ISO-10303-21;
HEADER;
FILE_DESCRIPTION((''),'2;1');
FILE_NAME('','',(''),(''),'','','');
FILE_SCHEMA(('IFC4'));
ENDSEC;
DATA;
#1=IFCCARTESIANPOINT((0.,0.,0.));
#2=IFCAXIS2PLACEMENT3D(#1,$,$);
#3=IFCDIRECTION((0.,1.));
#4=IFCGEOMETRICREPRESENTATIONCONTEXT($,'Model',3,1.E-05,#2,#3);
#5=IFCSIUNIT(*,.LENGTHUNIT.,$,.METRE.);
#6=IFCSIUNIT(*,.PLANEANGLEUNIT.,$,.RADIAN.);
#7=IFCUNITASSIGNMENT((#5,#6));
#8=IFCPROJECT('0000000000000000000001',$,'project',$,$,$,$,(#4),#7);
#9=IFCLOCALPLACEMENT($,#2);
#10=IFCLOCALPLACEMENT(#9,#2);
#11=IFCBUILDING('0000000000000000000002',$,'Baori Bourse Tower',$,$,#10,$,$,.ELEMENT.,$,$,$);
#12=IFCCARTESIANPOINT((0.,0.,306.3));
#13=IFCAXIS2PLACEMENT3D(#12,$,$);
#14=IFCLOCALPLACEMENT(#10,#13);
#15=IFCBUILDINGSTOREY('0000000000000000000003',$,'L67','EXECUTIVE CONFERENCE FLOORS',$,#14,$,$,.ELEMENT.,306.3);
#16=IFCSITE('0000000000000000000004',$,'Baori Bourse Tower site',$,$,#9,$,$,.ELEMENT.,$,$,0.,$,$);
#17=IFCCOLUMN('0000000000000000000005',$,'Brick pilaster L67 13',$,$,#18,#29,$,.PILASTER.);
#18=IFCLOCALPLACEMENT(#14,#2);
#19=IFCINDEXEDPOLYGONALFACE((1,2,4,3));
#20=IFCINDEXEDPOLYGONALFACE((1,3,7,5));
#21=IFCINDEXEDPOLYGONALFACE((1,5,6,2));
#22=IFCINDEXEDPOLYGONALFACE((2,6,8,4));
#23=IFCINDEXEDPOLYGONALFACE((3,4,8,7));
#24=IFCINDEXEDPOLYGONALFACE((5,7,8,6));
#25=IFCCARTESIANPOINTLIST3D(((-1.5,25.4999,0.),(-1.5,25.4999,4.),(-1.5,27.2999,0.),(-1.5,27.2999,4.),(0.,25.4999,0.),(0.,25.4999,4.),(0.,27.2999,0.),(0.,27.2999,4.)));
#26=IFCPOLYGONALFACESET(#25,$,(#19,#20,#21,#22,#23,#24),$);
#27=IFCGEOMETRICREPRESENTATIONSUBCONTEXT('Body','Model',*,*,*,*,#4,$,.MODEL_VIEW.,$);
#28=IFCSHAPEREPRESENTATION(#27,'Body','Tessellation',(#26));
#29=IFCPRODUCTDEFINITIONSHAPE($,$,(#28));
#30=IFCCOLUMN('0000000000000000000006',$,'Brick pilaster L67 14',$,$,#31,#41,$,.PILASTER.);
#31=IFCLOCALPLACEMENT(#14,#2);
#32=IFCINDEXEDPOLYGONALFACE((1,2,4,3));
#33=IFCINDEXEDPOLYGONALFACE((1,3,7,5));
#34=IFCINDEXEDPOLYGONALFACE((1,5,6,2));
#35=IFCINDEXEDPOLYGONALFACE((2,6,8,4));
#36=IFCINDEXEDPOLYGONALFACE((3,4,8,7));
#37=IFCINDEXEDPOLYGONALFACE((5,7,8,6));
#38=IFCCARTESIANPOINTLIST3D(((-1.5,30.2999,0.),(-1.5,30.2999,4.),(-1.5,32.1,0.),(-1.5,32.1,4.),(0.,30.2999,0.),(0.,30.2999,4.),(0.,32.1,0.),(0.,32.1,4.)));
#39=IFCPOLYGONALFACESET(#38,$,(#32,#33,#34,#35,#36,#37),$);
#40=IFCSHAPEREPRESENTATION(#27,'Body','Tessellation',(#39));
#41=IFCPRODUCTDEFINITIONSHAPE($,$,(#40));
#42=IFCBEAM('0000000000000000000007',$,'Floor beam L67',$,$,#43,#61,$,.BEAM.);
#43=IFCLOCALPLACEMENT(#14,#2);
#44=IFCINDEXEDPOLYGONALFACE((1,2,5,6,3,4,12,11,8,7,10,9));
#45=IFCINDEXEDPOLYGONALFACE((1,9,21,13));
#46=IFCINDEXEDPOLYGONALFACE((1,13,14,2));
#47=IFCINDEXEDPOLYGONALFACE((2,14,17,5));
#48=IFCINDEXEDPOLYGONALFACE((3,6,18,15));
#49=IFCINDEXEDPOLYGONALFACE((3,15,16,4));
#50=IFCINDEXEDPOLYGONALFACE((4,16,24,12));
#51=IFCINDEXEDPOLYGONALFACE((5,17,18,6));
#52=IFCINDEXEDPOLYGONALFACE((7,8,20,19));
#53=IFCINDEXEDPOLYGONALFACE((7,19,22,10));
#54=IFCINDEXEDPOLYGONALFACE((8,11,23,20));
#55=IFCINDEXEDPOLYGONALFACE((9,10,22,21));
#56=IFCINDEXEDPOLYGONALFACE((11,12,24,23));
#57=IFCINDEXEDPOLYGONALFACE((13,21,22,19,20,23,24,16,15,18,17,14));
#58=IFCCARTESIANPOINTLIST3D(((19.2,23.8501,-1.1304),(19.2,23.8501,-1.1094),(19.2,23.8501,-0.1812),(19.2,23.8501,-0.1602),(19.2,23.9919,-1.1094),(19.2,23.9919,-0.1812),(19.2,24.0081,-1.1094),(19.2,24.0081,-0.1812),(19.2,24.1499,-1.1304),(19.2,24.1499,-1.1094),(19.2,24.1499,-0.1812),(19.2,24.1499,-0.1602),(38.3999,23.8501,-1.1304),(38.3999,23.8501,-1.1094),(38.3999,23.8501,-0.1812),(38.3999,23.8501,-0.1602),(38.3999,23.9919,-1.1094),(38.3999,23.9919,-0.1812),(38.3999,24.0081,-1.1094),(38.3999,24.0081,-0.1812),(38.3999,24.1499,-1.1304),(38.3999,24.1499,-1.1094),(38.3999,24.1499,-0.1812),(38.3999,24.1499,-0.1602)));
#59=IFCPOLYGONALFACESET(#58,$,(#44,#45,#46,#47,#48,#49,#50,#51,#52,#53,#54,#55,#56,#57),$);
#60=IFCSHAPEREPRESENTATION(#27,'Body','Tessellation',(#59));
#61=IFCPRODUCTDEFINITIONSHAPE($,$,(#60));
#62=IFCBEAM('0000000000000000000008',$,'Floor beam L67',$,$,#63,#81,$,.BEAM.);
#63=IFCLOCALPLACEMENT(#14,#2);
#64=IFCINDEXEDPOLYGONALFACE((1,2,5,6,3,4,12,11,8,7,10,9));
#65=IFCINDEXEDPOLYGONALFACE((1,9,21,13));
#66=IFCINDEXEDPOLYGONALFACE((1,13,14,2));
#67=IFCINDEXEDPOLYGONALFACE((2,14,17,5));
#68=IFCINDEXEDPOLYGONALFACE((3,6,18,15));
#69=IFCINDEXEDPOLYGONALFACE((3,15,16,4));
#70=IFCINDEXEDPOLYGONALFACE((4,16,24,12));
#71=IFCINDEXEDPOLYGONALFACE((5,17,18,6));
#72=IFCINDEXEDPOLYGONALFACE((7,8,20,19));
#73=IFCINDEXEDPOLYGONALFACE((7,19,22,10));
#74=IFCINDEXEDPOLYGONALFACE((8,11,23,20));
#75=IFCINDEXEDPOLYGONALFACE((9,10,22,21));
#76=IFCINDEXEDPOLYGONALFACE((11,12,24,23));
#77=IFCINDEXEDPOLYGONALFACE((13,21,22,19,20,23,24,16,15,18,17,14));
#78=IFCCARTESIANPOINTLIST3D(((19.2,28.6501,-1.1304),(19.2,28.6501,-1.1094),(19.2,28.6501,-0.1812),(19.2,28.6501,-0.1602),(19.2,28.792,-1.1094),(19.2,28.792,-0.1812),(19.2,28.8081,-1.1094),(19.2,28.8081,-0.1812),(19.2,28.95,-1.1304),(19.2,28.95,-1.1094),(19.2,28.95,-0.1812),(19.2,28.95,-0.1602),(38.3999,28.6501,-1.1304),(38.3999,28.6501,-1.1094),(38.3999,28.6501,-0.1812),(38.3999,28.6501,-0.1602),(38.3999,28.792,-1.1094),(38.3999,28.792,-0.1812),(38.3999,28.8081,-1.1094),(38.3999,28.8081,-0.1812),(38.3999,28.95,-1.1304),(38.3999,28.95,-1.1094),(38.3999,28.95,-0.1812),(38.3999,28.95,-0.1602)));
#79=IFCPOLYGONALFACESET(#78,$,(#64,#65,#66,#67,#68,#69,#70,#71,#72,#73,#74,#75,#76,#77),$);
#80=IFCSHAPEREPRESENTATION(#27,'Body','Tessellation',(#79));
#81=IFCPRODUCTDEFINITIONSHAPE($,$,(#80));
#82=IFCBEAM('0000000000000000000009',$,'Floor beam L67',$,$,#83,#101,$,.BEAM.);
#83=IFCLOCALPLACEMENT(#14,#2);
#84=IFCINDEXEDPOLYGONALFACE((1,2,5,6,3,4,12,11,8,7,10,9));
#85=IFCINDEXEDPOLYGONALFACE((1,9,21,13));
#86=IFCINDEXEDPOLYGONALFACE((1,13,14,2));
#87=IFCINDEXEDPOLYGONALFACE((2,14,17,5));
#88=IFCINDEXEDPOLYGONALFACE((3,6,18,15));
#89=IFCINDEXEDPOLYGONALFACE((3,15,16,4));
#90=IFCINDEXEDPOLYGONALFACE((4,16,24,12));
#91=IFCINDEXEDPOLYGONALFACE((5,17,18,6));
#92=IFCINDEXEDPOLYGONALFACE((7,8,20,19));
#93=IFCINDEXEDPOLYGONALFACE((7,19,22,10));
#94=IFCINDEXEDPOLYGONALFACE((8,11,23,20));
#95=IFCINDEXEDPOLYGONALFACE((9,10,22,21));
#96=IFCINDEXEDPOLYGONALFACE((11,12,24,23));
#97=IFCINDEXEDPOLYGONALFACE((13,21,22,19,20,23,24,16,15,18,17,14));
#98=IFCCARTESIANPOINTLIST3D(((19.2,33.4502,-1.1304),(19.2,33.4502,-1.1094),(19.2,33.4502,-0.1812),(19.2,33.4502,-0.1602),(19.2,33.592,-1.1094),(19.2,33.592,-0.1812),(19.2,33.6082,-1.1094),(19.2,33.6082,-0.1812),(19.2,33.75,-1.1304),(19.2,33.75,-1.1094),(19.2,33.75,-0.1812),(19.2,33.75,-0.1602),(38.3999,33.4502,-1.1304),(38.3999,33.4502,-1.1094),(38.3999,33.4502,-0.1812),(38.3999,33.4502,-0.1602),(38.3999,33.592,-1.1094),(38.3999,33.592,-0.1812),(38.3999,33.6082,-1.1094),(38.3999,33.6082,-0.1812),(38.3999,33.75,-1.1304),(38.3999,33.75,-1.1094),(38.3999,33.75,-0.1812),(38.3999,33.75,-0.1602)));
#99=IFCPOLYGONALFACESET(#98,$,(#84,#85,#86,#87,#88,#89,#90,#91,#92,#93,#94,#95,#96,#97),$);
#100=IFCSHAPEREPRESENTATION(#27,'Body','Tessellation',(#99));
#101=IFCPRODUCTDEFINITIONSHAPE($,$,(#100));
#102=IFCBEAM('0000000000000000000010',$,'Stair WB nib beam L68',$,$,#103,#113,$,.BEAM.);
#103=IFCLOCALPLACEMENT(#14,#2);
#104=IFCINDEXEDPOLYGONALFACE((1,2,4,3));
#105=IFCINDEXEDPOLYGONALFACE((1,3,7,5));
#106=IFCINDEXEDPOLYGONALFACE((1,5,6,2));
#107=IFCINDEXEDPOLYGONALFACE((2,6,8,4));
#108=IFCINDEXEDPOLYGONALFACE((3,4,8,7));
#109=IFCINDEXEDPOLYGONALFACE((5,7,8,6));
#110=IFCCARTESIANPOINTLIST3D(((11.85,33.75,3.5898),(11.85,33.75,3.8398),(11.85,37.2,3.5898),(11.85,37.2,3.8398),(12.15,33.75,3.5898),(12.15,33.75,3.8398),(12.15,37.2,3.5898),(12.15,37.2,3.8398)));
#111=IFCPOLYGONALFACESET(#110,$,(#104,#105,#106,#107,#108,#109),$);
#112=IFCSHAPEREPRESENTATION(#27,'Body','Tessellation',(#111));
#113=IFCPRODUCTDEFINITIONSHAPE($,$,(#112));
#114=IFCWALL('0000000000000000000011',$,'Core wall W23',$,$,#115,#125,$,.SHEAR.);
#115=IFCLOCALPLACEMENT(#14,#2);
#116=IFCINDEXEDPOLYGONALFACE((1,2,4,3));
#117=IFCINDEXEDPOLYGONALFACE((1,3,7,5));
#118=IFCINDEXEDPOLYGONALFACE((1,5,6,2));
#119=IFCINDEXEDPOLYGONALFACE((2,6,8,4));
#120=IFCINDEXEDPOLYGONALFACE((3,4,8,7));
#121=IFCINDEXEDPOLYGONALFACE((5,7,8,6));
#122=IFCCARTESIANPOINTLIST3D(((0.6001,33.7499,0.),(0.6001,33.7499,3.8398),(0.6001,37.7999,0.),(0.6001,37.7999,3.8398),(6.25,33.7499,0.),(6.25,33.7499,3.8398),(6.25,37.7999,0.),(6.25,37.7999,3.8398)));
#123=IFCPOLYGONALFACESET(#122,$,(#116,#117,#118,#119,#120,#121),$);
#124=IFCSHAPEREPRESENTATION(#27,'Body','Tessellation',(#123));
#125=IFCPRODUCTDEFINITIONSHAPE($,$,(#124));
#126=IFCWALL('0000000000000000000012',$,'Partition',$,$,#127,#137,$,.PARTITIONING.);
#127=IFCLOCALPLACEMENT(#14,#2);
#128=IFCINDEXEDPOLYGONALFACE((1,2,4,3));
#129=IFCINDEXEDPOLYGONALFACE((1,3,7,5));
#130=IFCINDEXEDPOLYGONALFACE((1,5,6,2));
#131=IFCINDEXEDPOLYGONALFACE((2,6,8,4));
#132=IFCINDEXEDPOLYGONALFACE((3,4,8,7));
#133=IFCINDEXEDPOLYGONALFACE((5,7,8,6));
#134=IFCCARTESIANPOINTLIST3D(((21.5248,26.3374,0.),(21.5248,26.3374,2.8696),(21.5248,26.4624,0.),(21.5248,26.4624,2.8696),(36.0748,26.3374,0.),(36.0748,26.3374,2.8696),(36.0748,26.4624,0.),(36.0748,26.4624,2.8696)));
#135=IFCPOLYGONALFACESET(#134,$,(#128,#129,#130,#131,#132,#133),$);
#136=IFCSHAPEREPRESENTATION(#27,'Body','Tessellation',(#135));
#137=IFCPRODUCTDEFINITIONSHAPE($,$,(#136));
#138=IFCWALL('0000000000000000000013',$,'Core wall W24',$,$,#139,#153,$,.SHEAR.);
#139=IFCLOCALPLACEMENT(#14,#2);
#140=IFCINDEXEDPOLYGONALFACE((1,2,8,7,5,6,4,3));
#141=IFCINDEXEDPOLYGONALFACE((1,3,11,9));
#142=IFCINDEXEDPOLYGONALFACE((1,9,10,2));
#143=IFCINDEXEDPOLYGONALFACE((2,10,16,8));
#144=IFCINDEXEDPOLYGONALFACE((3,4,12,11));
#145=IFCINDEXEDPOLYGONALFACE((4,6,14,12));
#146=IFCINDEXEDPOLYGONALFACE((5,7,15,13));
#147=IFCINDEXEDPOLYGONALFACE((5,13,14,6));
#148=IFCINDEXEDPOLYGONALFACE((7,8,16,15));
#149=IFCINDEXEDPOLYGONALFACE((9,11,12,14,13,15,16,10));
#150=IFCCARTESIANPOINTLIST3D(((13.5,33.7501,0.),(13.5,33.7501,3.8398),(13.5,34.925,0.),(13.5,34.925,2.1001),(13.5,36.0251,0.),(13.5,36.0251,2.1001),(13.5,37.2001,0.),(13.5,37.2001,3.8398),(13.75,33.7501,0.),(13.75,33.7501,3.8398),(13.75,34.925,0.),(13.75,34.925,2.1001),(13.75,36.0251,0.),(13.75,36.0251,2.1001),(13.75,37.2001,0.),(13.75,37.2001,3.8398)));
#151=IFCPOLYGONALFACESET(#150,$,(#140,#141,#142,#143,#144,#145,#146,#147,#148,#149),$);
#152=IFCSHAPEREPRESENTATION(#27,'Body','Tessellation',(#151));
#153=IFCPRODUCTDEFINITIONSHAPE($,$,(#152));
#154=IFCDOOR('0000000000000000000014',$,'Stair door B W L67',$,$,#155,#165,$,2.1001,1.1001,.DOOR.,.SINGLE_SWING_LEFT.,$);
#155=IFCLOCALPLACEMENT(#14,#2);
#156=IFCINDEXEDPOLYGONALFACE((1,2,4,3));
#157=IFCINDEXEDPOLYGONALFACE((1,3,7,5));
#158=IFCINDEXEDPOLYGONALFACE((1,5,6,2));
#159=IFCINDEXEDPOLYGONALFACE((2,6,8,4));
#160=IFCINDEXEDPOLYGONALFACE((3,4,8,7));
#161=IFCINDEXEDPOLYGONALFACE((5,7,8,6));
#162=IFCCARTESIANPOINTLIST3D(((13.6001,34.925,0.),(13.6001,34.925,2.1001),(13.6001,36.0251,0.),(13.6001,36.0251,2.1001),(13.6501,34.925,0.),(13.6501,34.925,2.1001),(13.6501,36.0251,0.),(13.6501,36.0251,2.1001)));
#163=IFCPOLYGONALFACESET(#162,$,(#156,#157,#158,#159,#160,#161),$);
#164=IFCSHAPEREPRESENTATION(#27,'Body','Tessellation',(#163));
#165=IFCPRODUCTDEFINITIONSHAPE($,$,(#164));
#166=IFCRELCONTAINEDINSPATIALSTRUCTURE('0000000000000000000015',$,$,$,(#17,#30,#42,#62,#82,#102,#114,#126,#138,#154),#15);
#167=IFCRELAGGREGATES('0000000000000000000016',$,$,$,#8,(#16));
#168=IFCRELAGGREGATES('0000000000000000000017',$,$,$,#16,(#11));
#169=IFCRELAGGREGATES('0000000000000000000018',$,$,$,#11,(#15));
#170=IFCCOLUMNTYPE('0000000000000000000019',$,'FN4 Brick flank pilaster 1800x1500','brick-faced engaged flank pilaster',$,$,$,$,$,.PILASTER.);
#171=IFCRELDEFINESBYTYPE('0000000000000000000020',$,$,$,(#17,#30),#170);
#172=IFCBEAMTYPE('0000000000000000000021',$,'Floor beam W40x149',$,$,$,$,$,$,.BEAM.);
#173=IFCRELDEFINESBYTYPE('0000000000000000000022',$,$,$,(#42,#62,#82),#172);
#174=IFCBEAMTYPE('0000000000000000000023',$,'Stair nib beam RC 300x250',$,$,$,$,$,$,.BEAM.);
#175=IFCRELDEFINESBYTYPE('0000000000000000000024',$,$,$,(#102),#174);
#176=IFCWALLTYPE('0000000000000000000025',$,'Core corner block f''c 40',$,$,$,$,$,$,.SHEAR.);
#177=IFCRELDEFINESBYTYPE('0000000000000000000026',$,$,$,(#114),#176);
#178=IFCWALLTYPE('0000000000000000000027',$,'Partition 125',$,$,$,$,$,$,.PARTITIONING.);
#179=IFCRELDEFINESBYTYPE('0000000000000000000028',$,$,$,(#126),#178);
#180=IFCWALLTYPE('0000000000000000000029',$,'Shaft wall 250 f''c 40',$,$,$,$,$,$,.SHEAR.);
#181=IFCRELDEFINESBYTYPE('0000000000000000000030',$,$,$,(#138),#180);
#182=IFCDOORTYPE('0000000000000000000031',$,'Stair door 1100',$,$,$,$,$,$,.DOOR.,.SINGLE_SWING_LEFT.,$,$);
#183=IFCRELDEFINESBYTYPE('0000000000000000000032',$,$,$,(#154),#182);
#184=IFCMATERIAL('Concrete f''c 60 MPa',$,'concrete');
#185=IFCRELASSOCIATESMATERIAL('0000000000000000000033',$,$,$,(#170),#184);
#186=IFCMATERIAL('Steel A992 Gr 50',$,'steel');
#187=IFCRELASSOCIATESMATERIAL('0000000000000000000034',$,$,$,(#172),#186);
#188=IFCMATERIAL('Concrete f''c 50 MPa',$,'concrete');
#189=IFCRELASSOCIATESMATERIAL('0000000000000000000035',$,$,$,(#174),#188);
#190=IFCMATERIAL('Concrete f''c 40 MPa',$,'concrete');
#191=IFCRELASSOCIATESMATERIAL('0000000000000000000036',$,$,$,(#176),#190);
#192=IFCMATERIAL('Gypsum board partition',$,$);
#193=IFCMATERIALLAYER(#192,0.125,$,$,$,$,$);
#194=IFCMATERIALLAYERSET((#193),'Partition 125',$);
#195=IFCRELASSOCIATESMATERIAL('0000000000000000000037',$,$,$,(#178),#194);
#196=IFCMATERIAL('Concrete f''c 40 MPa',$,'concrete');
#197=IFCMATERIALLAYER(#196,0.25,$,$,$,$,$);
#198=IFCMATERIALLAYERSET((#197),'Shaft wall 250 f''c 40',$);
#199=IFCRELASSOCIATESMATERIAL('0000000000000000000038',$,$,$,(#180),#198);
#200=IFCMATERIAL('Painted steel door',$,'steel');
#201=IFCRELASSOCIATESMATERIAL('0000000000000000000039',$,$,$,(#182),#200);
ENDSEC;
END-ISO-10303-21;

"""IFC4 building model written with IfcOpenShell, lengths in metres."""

from ifc_helpers import new_model, si_unit, direction, frame, frame_2d, origin, origin_2d, place, context, subcontext, project, spatial, rectangle, i_section, extrude, material, layer, layer_set, material_profile, profile_set, type_object, element, fill, save


model = new_model("IFC4")

# Units and contexts
model_context = context("Model", 3, precision=1e-05, world=origin(), true_north=direction((0.0, 1.0)))
body_context = subcontext(model_context, "Body", "Model", "MODEL_VIEW")
ifc_project = project(units=[si_unit("LENGTHUNIT", "METRE"), si_unit("PLANEANGLEUNIT", "RADIAN")], contexts=[model_context])

# Site, building, storey
site_placement = place(None, origin())
site = spatial("IfcSite", under=ifc_project, at=site_placement, Name="Baori Bourse Tower site", CompositionType="ELEMENT", RefElevation=0.0)
building_placement = place(site_placement, origin())
building = spatial("IfcBuilding", under=site, at=building_placement, Name="Baori Bourse Tower", CompositionType="ELEMENT")
storey_placement = place(building_placement, frame((0.0, 0.0, 306.3)))
storey = spatial("IfcBuildingStorey", under=building, at=storey_placement, Name="L67", Description="EXECUTIVE CONFERENCE FLOORS", CompositionType="ELEMENT", Elevation=306.3)

# Columns
ifc_material_1 = material(Name="Concrete f'c 60 MPa", Category="concrete")
ifc_material_profile_1 = material_profile(ifc_material_1, rectangle(XDim=1.8, YDim=1.5, at=origin_2d()), Name="RC 1800x1500")
ifc_profile_set_1 = profile_set([ifc_material_profile_1], Name="Concrete f'c 60 MPa")
column_type = type_object("IfcColumnType", Name="FN4 Brick flank pilaster 1800x1500", Description="brick-faced engaged flank pilaster", PredefinedType="PILASTER", material=ifc_profile_set_1)
for number, where, z_axis, x_axis, name in (
    (1, (-0.75, 26.3999, 0.0), (0.0, 0.0, 1.0), (0.0, 1.0, 0.0), "Brick pilaster L67 13"),
    (2, (-0.75, 31.2, 0.0), (0.0, 0.0, 1.0), (0.0, 1.0, 0.0), "Brick pilaster L67 14"),
):
    element("IfcColumn", number, at=place(storey_placement, frame(where, z_axis=z_axis, x_axis=x_axis)), inside=storey, type_object=column_type, Name=name, PredefinedType="PILASTER", context=body_context, shape_type="SweptSolid", body=[
        extrude(rectangle(XDim=1.8, YDim=1.5, at=origin_2d()), origin(), (0.0, 0.0, 1.0), 4.0),
    ])

# Beams
ifc_material_2 = material(Name="Steel A992 Gr 50", Category="steel")
ifc_material_profile_2 = material_profile(ifc_material_2, i_section(OverallWidth=0.2998, OverallDepth=0.9702, WebThickness=0.0161, FlangeThickness=0.021, at=origin_2d()), Name="W40x149")
ifc_profile_set_2 = profile_set([ifc_material_profile_2], Name="Steel A992 Gr 50")
beam_type_1 = type_object("IfcBeamType", Name="Floor beam W40x149", PredefinedType="BEAM", material=ifc_profile_set_2)
for number, where, z_axis, x_axis, name in (
    (3, (19.2, 24.0, -0.6453), (1.0, 0.0, 0.0), (0.0, 1.0, 0.0), "Floor beam L67"),
    (4, (19.2, 28.8, -0.6453), (1.0, 0.0, 0.0), (0.0, 1.0, 0.0), "Floor beam L67"),
    (5, (19.2, 33.6001, -0.6453), (1.0, 0.0, 0.0), (0.0, 1.0, 0.0), "Floor beam L67"),
):
    element("IfcBeam", number, at=place(storey_placement, frame(where, z_axis=z_axis, x_axis=x_axis)), inside=storey, type_object=beam_type_1, Name=name, PredefinedType="BEAM", context=body_context, shape_type="SweptSolid", body=[
        extrude(i_section(OverallWidth=0.2998, OverallDepth=0.9702, WebThickness=0.0161, FlangeThickness=0.021, at=origin_2d()), origin(), (0.0, 0.0, 1.0), 19.2),
    ])
ifc_material_3 = material(Name="Concrete f'c 50 MPa", Category="concrete")
ifc_material_profile_3 = material_profile(ifc_material_3, rectangle(XDim=0.3, YDim=0.25, at=origin_2d()), Name="RC 300x250")
ifc_profile_set_3 = profile_set([ifc_material_profile_3], Name="Concrete f'c 50 MPa")
beam_type_2 = type_object("IfcBeamType", Name="Stair nib beam RC 300x250", PredefinedType="BEAM", material=ifc_profile_set_3)
beam_placement = place(storey_placement, frame((12.0, 33.75, 3.7148), z_axis=(0.0, 1.0, 0.0), x_axis=(-1.0, 0.0, 0.0)))
element("IfcBeam", 6, at=beam_placement, inside=storey, type_object=beam_type_2, Name="Stair WB nib beam L68", PredefinedType="BEAM", context=body_context, shape_type="SweptSolid", body=[
    extrude(rectangle(XDim=0.3, YDim=0.25, at=origin_2d()), origin(), (0.0, 0.0, 1.0), 3.45),
])

# Walls
ifc_material_4 = material(Name="Concrete f'c 40 MPa", Category="concrete")
wall_type_1 = type_object("IfcWallType", Name="Core corner block f'c 40", PredefinedType="SHEAR", material=ifc_material_4)
wall_1_placement = place(storey_placement, frame((0.6001, 35.7749, 0.0), z_axis=(0.0, 0.0, 1.0), x_axis=(1.0, 0.0, 0.0)))
element("IfcWall", 7, at=wall_1_placement, inside=storey, type_object=wall_type_1, Name="Core wall W23", PredefinedType="SHEAR", context=body_context, shape_type="SweptSolid", body=[
    extrude(rectangle(XDim=5.6499, YDim=4.05, at=frame_2d((2.825, 0.0))), origin(), (0.0, 0.0, 1.0), 3.8398),
])
ifc_material_5 = material(Name="Gypsum board partition")
ifc_layer_1 = layer(ifc_material_5, 0.125)
ifc_layer_set_1 = layer_set([ifc_layer_1], Name="Partition 125")
wall_type_2 = type_object("IfcWallType", Name="Partition 125", PredefinedType="PARTITIONING", material=ifc_layer_set_1)
wall_2_placement = place(storey_placement, frame((21.5249, 26.3999, 0.0), z_axis=(0.0, 0.0, 1.0), x_axis=(1.0, 0.0, 0.0)))
element("IfcWall", 8, at=wall_2_placement, inside=storey, type_object=wall_type_2, Name="Partition", PredefinedType="PARTITIONING", context=body_context, shape_type="SweptSolid", body=[
    extrude(rectangle(XDim=14.55, YDim=0.125, at=frame_2d((7.2749, 0.0))), origin(), (0.0, 0.0, 1.0), 2.8696),
])

# Wall, opening, door
ifc_material_6 = material(Name="Concrete f'c 40 MPa", Category="concrete")
ifc_layer_2 = layer(ifc_material_6, 0.25)
ifc_layer_set_2 = layer_set([ifc_layer_2], Name="Shaft wall 250 f'c 40")
wall_type_3 = type_object("IfcWallType", Name="Shaft wall 250 f'c 40", PredefinedType="SHEAR", material=ifc_layer_set_2)
wall_3_placement = place(storey_placement, frame((13.625, 33.75, 0.0), z_axis=(0.0, 0.0, 1.0), x_axis=(0.0, 1.0, 0.0)))
wall_3 = element("IfcWall", 9, at=wall_3_placement, inside=storey, type_object=wall_type_3, Name="Core wall W24", PredefinedType="SHEAR", context=body_context, shape_type="SweptSolid", body=[
    extrude(rectangle(XDim=3.45, YDim=0.25, at=frame_2d((1.7251, 0.0))), origin(), (0.0, 0.0, 1.0), 3.8398),
])
opening_1_placement = place(wall_3_placement, frame((1.175, 0.0, 0.0)))
opening_1 = element("IfcOpeningElement", 10, at=opening_1_placement, cuts=wall_3, PredefinedType="OPENING", context=body_context, shape_type="SweptSolid", body=[
    extrude(rectangle(XDim=1.1001, YDim=2.1001, at=frame_2d((0.55, 1.05))), frame((0.0, 0.135, 0.0), z_axis=(0.0, -1.0, 0.0), x_axis=(1.0, 0.0, 0.0)), (0.0, 0.0, 1.0), 0.27),
])
ifc_material_7 = material(Name="Painted steel door", Category="steel")
door_type_1 = type_object("IfcDoorType", Name="Stair door 1100", OperationType="SINGLE_SWING_LEFT", PredefinedType="DOOR", material=ifc_material_7)
door_1_placement = place(opening_1_placement, origin())
door_1 = element("IfcDoor", 11, at=door_1_placement, inside=storey, type_object=door_type_1, Name="Stair door B W L67", OperationType="SINGLE_SWING_LEFT", OverallHeight=2.1001, OverallWidth=1.1001, PredefinedType="DOOR", context=body_context, shape_type="SweptSolid", body=[
    extrude(rectangle(XDim=1.1001, YDim=2.1001, at=frame_2d((0.55, 1.05))), frame((0.0, 0.0249, 0.0), z_axis=(0.0, -1.0, 0.0), x_axis=(1.0, 0.0, 0.0)), (0.0, 0.0, 1.0), 0.05),
])
fill(opening_1, door_1)

save(model, "model.ifc")
